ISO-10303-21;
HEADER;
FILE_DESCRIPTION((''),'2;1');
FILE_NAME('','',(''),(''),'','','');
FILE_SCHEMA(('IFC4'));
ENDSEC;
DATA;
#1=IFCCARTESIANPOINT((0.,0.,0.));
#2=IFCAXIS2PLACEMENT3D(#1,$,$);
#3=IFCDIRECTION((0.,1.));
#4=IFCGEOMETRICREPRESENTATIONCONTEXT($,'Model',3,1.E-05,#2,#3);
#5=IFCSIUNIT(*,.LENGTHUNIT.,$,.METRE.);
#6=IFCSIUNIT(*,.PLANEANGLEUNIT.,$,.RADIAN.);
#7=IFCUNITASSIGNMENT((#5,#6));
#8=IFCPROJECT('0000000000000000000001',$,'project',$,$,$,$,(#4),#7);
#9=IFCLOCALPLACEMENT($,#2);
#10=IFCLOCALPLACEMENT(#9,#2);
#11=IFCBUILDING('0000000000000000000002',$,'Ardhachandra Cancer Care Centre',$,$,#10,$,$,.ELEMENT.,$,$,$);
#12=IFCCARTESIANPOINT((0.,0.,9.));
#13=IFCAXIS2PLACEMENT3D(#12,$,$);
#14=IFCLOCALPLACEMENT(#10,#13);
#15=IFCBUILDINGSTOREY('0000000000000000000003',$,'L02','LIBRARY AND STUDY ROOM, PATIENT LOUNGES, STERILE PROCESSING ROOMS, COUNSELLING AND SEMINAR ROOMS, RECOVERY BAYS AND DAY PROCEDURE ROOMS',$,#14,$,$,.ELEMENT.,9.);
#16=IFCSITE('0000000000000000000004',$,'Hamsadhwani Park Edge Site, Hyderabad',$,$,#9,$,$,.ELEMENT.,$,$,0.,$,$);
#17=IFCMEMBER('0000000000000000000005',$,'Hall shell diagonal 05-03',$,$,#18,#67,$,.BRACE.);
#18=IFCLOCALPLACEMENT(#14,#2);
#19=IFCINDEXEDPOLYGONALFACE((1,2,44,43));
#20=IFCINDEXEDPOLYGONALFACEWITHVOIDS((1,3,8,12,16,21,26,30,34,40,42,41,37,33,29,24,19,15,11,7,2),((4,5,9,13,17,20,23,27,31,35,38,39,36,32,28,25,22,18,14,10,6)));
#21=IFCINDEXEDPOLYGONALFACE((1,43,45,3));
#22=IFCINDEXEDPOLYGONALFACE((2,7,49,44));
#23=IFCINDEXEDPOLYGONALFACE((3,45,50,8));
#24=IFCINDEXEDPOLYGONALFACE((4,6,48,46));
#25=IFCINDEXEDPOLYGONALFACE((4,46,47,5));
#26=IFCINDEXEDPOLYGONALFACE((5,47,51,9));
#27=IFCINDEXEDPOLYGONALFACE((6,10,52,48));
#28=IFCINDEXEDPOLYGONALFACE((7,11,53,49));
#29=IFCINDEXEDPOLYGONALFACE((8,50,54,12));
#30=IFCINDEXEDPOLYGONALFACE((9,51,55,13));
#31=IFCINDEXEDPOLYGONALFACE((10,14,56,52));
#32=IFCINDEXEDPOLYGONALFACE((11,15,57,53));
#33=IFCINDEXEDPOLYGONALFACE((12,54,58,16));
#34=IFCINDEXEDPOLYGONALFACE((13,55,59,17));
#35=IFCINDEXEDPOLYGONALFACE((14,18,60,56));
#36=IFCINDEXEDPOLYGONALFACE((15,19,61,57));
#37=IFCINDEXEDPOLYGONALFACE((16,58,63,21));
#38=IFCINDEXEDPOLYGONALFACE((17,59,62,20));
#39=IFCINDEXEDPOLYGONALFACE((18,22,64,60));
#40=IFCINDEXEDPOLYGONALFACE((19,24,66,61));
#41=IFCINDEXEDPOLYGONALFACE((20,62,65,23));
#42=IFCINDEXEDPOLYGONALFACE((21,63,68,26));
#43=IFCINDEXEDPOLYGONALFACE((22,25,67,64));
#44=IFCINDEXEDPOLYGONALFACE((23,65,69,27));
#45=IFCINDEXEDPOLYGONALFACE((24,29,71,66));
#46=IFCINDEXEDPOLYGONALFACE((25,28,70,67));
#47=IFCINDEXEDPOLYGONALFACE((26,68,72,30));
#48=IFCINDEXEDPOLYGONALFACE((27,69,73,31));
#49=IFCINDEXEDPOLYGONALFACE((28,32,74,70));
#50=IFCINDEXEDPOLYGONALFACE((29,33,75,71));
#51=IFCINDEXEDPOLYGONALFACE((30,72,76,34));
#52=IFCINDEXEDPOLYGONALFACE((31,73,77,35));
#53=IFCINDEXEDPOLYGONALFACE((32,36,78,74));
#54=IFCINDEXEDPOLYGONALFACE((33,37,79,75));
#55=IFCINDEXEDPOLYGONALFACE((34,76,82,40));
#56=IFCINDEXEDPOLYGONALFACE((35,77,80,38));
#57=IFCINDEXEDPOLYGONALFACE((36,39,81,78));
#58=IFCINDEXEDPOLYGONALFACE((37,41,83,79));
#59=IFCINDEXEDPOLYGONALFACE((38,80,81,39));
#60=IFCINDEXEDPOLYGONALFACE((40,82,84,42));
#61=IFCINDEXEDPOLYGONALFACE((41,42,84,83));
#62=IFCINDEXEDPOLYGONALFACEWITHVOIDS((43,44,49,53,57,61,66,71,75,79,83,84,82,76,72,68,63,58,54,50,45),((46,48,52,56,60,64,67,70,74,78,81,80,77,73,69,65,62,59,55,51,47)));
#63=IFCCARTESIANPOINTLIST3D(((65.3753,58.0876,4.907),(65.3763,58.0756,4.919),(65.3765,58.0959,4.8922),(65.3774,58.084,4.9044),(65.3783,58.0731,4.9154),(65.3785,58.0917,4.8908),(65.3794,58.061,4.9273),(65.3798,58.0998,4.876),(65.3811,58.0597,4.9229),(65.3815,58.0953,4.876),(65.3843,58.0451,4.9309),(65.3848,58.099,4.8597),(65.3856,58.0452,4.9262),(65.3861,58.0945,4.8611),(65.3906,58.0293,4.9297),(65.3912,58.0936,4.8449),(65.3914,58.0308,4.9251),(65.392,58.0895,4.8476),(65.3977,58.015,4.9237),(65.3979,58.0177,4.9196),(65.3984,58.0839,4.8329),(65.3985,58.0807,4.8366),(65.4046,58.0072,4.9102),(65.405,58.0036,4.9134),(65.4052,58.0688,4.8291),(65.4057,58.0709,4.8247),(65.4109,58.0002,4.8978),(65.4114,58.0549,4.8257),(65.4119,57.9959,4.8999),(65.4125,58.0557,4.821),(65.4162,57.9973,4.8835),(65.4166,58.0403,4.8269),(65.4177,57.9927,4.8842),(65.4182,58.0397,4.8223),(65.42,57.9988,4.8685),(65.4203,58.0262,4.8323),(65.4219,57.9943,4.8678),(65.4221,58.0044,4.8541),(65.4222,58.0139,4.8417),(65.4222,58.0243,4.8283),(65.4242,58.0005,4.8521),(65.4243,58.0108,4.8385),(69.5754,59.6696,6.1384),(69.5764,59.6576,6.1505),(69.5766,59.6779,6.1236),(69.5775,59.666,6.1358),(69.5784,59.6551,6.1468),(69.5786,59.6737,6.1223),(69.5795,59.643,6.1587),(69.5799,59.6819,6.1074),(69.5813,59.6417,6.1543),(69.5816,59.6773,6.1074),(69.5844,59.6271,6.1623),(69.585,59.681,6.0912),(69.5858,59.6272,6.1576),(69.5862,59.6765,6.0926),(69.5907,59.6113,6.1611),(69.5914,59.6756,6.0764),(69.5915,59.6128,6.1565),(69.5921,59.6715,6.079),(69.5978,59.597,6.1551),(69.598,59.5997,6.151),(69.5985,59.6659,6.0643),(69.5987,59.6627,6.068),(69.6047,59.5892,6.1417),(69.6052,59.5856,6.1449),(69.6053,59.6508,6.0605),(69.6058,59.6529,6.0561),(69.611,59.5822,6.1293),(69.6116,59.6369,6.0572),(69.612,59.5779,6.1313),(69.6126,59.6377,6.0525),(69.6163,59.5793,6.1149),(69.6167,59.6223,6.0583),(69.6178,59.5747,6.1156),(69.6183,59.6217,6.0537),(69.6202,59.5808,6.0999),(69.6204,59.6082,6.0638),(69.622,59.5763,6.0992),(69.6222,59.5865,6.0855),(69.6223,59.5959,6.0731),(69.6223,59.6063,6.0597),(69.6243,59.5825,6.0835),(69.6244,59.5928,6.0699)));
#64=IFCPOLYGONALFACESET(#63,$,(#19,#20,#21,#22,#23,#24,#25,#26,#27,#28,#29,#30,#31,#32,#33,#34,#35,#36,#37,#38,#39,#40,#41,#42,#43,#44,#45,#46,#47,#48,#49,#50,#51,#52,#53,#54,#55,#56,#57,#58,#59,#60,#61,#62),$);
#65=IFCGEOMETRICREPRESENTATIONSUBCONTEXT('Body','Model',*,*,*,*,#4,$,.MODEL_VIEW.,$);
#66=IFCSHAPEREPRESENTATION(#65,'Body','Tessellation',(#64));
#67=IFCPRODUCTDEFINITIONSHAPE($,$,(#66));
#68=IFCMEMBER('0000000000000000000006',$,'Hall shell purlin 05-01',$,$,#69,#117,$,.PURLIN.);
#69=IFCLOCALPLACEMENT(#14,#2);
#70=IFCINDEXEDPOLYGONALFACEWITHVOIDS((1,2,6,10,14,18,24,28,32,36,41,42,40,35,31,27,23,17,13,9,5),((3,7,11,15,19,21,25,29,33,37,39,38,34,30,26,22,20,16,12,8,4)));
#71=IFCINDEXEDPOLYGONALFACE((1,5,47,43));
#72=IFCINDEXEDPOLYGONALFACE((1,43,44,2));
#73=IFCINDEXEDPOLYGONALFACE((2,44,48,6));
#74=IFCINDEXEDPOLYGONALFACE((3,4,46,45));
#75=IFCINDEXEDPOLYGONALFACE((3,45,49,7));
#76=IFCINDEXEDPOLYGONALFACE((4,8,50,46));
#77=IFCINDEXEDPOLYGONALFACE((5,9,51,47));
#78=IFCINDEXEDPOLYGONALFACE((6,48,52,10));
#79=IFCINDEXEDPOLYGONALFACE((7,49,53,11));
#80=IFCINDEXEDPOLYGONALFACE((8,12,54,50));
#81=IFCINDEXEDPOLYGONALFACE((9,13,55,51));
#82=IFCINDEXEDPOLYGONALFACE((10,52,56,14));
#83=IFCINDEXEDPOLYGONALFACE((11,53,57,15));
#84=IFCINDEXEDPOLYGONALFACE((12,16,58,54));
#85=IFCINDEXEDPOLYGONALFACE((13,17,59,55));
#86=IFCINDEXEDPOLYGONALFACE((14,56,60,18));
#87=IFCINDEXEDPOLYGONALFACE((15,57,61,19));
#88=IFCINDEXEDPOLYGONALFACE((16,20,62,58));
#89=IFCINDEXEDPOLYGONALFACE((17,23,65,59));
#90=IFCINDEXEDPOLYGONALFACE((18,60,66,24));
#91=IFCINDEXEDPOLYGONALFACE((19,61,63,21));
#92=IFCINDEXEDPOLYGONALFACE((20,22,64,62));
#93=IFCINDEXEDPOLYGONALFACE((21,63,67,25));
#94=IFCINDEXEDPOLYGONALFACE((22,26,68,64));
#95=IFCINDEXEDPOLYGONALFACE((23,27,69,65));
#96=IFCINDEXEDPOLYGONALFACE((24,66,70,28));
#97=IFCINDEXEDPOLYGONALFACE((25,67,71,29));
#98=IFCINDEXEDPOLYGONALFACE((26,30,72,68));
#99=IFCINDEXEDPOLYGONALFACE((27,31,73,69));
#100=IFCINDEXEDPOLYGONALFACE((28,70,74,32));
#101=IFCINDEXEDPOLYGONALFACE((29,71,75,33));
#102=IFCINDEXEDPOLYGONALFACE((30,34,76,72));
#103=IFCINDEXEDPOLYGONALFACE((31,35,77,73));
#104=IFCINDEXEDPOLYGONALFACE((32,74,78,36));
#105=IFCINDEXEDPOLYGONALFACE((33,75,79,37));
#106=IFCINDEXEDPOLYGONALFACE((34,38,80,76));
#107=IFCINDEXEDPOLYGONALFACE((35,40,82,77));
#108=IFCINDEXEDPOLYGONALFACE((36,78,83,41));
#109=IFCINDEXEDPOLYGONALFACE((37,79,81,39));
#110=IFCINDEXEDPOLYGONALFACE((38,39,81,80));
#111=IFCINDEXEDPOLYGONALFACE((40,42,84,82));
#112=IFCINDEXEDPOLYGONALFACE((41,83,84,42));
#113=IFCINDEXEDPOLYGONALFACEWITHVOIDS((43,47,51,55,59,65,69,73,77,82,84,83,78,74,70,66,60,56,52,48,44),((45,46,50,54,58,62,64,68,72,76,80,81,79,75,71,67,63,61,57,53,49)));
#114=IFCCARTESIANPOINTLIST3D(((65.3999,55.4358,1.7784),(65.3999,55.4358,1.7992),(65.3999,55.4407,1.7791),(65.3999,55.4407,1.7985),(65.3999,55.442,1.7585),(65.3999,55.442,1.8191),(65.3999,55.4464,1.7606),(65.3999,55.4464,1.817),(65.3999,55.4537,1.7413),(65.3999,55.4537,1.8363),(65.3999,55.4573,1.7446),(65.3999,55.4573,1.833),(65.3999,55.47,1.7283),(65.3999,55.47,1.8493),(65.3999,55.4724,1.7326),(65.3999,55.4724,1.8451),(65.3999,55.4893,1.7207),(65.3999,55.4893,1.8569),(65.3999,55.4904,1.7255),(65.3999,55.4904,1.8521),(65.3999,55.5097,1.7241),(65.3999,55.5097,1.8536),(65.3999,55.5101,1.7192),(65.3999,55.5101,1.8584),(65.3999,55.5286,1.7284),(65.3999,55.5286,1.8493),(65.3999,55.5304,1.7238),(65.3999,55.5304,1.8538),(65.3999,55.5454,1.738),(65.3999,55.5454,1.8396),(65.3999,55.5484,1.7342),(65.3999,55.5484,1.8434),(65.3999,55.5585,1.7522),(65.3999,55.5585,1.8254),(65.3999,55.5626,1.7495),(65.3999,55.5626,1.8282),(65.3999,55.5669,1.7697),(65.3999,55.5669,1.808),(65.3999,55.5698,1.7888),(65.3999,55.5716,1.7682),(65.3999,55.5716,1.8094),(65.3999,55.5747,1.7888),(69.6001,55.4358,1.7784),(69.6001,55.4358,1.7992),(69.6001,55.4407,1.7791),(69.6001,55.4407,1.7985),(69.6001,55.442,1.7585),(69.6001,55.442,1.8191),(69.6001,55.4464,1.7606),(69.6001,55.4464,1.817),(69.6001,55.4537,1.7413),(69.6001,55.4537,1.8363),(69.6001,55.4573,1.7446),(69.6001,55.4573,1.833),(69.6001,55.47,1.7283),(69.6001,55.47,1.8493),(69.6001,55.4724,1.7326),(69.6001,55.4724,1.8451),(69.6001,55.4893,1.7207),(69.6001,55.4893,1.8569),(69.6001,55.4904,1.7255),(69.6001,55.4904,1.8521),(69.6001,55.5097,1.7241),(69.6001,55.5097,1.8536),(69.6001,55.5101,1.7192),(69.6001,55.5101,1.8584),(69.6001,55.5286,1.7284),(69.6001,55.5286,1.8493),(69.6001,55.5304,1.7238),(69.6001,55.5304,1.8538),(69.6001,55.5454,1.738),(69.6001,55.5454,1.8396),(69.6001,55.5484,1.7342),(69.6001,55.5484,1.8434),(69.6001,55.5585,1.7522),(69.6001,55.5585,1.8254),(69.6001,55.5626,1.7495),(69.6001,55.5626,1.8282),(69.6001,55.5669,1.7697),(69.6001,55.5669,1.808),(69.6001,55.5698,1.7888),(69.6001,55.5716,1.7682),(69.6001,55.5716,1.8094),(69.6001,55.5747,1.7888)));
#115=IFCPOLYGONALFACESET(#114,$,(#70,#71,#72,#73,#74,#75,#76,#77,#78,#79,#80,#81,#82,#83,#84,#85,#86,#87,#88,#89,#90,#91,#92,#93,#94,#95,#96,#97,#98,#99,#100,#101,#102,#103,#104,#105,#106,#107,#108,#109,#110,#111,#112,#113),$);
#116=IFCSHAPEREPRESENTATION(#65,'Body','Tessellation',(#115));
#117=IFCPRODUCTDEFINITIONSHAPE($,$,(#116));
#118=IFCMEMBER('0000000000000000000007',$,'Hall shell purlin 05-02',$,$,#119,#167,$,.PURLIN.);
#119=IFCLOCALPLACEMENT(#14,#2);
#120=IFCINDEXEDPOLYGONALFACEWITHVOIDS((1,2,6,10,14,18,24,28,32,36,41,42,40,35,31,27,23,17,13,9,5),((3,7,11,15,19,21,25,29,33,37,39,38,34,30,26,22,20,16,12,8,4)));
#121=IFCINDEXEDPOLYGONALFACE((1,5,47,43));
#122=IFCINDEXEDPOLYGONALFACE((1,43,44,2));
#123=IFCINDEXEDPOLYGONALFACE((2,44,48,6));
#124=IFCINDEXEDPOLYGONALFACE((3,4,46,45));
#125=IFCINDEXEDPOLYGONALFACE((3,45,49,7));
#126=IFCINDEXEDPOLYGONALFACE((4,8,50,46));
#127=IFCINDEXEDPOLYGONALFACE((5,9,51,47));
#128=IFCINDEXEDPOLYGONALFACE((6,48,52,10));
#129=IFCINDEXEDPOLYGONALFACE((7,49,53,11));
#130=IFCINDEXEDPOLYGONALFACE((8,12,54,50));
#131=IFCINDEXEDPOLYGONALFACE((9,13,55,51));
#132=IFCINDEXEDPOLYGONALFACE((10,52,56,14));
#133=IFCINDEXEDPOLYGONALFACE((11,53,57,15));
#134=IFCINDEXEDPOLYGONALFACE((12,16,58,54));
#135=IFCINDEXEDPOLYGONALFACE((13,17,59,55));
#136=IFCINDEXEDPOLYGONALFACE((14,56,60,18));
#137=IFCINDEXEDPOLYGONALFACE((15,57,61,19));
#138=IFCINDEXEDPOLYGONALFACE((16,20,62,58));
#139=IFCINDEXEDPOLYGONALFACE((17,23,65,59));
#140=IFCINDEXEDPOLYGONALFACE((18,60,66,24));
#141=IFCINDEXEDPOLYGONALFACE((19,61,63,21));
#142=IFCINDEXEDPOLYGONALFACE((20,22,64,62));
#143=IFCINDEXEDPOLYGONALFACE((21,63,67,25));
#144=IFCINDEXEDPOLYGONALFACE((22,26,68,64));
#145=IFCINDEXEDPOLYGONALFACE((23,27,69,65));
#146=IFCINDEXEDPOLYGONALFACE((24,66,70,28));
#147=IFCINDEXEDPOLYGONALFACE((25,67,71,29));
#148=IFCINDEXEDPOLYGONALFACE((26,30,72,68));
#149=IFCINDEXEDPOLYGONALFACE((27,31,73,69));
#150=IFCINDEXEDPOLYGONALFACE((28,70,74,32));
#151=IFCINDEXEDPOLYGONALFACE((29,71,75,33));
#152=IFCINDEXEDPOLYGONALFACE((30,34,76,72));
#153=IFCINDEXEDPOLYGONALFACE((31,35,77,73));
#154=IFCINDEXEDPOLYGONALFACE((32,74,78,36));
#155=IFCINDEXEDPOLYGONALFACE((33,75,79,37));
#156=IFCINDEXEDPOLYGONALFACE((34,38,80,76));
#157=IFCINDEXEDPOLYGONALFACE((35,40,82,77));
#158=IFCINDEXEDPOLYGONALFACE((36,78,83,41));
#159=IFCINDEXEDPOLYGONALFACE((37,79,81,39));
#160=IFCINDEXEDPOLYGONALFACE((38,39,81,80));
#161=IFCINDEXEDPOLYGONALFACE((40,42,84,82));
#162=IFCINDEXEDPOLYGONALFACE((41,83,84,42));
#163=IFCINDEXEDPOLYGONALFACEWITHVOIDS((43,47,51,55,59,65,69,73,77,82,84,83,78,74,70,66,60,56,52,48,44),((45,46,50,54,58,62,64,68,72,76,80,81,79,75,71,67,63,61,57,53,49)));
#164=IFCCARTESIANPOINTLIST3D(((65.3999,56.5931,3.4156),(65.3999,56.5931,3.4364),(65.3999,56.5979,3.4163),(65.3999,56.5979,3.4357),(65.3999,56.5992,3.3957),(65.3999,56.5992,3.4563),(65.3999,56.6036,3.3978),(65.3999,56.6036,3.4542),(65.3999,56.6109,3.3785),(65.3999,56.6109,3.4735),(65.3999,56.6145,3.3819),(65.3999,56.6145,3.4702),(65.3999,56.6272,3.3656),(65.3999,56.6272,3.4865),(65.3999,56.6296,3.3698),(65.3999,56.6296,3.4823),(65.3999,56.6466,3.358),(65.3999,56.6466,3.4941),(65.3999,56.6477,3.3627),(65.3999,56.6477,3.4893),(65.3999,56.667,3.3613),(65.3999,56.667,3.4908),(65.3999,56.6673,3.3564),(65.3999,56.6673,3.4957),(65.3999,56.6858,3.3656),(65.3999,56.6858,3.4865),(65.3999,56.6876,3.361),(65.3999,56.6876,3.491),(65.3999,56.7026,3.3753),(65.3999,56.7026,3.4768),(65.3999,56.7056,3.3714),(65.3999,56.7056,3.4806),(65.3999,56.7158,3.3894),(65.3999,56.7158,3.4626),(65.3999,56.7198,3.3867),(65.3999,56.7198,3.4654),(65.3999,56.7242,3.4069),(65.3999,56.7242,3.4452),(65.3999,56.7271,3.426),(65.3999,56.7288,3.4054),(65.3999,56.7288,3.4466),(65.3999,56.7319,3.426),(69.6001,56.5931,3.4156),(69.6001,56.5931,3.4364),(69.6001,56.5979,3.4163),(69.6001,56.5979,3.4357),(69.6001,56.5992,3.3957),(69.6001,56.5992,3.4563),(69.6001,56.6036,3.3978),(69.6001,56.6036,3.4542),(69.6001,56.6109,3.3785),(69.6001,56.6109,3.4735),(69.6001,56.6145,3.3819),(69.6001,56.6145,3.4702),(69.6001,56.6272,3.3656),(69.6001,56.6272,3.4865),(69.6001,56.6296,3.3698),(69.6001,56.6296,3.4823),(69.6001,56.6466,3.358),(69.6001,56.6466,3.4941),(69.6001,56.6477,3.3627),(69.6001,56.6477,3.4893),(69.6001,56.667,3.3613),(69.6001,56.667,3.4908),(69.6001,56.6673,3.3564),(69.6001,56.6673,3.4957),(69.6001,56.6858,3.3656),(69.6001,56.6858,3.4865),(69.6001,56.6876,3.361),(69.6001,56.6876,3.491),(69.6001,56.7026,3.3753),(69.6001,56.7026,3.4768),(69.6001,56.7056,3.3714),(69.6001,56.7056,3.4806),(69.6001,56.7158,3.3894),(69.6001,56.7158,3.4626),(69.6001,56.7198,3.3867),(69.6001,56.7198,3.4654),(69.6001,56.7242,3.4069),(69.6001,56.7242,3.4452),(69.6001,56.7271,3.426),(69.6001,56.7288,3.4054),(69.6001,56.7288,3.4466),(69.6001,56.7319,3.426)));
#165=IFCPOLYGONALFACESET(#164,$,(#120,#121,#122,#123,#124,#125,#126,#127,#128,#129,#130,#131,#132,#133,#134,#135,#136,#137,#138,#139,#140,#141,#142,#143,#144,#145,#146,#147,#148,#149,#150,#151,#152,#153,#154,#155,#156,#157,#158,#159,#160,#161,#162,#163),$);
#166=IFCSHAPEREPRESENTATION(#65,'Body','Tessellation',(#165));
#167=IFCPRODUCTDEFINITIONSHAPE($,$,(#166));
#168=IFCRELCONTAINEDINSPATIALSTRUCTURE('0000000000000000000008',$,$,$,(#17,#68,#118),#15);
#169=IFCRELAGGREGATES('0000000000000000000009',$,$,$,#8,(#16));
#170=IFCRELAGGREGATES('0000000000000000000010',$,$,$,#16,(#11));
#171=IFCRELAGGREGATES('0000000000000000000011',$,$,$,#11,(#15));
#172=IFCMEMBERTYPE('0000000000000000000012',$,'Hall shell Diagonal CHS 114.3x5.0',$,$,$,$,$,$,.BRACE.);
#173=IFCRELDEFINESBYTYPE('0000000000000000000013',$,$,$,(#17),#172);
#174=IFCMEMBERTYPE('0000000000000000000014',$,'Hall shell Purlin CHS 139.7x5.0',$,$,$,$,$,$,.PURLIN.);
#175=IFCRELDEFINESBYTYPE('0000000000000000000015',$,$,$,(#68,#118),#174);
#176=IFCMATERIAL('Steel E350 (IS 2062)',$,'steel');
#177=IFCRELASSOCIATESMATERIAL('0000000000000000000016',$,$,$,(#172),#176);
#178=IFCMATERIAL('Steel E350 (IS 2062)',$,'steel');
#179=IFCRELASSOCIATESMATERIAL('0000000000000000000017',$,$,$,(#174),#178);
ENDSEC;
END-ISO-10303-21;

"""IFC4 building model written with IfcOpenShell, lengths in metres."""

from ifc_helpers import new_model, si_unit, direction, frame, origin, origin_2d, place, context, subcontext, project, spatial, hollow_circle, extrude, material, material_profile, profile_set, type_object, element, save


model = new_model("IFC4")

# Units and contexts
model_context = context("Model", 3, precision=1e-05, world=origin(), true_north=direction((0.0, 1.0)))
body_context = subcontext(model_context, "Body", "Model", "MODEL_VIEW")
ifc_project = project(units=[si_unit("LENGTHUNIT", "METRE"), si_unit("PLANEANGLEUNIT", "RADIAN")], contexts=[model_context])

# Site, building, storey
site_placement = place(None, origin())
site = spatial("IfcSite", under=ifc_project, at=site_placement, Name="Hamsadhwani Park Edge Site, Hyderabad", CompositionType="ELEMENT", RefElevation=0.0)
building_placement = place(site_placement, origin())
building = spatial("IfcBuilding", under=site, at=building_placement, Name="Ardhachandra Cancer Care Centre", CompositionType="ELEMENT")
storey_placement = place(building_placement, frame((0.0, 0.0, 9.0)))
storey = spatial("IfcBuildingStorey", under=building, at=storey_placement, Name="L02", Description="LIBRARY AND STUDY ROOM, PATIENT LOUNGES, STERILE PROCESSING ROOMS, COUNSELLING AND SEMINAR ROOMS, RECOVERY BAYS AND DAY PROCEDURE ROOMS", CompositionType="ELEMENT", Elevation=9.0)

# Members
ifc_material_1 = material(Name="Steel E350 (IS 2062)", Category="steel")
ifc_material_profile_1 = material_profile(ifc_material_1, hollow_circle(Radius=0.0571, WallThickness=0.0049, at=origin_2d()), Name="CHS 114.3x5.0")
ifc_profile_set_1 = profile_set([ifc_material_profile_1], Name="Steel E350 (IS 2062)")
member_type_1 = type_object("IfcMemberType", Name="Hall shell Diagonal CHS 114.3x5.0", PredefinedType="BRACE", material=ifc_profile_set_1)
for number, where, z_axis, x_axis, name in (
    (1, (65.3999, 58.0464, 4.876), (0.902466, 0.33992, 0.264592), (-0.352482, 0.935819, 0.0), "Hall shell diagonal 05-03"),
):
    element("IfcMember", number, at=place(storey_placement, frame(where, z_axis=z_axis, x_axis=x_axis)), inside=storey, type_object=member_type_1, Name=name, PredefinedType="BRACE", context=body_context, shape_type="SweptSolid", body=[
        extrude(hollow_circle(Radius=0.0571, WallThickness=0.0049, at=origin_2d()), origin(), (0.0, 0.0, 1.0), 4.6541),
    ])
ifc_material_2 = material(Name="Steel E350 (IS 2062)", Category="steel")
ifc_material_profile_2 = material_profile(ifc_material_2, hollow_circle(Radius=0.0698, WallThickness=0.0049, at=origin_2d()), Name="CHS 139.7x5.0")
ifc_profile_set_2 = profile_set([ifc_material_profile_2], Name="Steel E350 (IS 2062)")
member_type_2 = type_object("IfcMemberType", Name="Hall shell Purlin CHS 139.7x5.0", PredefinedType="PURLIN", material=ifc_profile_set_2)
for number, where, z_axis, x_axis, name in (
    (2, (65.3999, 55.5049, 1.7888), (1.0, 0.0, 0.0), (0.0, 1.0, 0.0), "Hall shell purlin 05-01"),
    (3, (65.3999, 56.6621, 3.426), (1.0, 0.0, 0.0), (0.0, 1.0, 0.0), "Hall shell purlin 05-02"),
):
    element("IfcMember", number, at=place(storey_placement, frame(where, z_axis=z_axis, x_axis=x_axis)), inside=storey, type_object=member_type_2, Name=name, PredefinedType="PURLIN", context=body_context, shape_type="SweptSolid", body=[
        extrude(hollow_circle(Radius=0.0698, WallThickness=0.0049, at=origin_2d()), origin(), (0.0, 0.0, 1.0), 4.2002),
    ])

save(model, "model.ifc")
